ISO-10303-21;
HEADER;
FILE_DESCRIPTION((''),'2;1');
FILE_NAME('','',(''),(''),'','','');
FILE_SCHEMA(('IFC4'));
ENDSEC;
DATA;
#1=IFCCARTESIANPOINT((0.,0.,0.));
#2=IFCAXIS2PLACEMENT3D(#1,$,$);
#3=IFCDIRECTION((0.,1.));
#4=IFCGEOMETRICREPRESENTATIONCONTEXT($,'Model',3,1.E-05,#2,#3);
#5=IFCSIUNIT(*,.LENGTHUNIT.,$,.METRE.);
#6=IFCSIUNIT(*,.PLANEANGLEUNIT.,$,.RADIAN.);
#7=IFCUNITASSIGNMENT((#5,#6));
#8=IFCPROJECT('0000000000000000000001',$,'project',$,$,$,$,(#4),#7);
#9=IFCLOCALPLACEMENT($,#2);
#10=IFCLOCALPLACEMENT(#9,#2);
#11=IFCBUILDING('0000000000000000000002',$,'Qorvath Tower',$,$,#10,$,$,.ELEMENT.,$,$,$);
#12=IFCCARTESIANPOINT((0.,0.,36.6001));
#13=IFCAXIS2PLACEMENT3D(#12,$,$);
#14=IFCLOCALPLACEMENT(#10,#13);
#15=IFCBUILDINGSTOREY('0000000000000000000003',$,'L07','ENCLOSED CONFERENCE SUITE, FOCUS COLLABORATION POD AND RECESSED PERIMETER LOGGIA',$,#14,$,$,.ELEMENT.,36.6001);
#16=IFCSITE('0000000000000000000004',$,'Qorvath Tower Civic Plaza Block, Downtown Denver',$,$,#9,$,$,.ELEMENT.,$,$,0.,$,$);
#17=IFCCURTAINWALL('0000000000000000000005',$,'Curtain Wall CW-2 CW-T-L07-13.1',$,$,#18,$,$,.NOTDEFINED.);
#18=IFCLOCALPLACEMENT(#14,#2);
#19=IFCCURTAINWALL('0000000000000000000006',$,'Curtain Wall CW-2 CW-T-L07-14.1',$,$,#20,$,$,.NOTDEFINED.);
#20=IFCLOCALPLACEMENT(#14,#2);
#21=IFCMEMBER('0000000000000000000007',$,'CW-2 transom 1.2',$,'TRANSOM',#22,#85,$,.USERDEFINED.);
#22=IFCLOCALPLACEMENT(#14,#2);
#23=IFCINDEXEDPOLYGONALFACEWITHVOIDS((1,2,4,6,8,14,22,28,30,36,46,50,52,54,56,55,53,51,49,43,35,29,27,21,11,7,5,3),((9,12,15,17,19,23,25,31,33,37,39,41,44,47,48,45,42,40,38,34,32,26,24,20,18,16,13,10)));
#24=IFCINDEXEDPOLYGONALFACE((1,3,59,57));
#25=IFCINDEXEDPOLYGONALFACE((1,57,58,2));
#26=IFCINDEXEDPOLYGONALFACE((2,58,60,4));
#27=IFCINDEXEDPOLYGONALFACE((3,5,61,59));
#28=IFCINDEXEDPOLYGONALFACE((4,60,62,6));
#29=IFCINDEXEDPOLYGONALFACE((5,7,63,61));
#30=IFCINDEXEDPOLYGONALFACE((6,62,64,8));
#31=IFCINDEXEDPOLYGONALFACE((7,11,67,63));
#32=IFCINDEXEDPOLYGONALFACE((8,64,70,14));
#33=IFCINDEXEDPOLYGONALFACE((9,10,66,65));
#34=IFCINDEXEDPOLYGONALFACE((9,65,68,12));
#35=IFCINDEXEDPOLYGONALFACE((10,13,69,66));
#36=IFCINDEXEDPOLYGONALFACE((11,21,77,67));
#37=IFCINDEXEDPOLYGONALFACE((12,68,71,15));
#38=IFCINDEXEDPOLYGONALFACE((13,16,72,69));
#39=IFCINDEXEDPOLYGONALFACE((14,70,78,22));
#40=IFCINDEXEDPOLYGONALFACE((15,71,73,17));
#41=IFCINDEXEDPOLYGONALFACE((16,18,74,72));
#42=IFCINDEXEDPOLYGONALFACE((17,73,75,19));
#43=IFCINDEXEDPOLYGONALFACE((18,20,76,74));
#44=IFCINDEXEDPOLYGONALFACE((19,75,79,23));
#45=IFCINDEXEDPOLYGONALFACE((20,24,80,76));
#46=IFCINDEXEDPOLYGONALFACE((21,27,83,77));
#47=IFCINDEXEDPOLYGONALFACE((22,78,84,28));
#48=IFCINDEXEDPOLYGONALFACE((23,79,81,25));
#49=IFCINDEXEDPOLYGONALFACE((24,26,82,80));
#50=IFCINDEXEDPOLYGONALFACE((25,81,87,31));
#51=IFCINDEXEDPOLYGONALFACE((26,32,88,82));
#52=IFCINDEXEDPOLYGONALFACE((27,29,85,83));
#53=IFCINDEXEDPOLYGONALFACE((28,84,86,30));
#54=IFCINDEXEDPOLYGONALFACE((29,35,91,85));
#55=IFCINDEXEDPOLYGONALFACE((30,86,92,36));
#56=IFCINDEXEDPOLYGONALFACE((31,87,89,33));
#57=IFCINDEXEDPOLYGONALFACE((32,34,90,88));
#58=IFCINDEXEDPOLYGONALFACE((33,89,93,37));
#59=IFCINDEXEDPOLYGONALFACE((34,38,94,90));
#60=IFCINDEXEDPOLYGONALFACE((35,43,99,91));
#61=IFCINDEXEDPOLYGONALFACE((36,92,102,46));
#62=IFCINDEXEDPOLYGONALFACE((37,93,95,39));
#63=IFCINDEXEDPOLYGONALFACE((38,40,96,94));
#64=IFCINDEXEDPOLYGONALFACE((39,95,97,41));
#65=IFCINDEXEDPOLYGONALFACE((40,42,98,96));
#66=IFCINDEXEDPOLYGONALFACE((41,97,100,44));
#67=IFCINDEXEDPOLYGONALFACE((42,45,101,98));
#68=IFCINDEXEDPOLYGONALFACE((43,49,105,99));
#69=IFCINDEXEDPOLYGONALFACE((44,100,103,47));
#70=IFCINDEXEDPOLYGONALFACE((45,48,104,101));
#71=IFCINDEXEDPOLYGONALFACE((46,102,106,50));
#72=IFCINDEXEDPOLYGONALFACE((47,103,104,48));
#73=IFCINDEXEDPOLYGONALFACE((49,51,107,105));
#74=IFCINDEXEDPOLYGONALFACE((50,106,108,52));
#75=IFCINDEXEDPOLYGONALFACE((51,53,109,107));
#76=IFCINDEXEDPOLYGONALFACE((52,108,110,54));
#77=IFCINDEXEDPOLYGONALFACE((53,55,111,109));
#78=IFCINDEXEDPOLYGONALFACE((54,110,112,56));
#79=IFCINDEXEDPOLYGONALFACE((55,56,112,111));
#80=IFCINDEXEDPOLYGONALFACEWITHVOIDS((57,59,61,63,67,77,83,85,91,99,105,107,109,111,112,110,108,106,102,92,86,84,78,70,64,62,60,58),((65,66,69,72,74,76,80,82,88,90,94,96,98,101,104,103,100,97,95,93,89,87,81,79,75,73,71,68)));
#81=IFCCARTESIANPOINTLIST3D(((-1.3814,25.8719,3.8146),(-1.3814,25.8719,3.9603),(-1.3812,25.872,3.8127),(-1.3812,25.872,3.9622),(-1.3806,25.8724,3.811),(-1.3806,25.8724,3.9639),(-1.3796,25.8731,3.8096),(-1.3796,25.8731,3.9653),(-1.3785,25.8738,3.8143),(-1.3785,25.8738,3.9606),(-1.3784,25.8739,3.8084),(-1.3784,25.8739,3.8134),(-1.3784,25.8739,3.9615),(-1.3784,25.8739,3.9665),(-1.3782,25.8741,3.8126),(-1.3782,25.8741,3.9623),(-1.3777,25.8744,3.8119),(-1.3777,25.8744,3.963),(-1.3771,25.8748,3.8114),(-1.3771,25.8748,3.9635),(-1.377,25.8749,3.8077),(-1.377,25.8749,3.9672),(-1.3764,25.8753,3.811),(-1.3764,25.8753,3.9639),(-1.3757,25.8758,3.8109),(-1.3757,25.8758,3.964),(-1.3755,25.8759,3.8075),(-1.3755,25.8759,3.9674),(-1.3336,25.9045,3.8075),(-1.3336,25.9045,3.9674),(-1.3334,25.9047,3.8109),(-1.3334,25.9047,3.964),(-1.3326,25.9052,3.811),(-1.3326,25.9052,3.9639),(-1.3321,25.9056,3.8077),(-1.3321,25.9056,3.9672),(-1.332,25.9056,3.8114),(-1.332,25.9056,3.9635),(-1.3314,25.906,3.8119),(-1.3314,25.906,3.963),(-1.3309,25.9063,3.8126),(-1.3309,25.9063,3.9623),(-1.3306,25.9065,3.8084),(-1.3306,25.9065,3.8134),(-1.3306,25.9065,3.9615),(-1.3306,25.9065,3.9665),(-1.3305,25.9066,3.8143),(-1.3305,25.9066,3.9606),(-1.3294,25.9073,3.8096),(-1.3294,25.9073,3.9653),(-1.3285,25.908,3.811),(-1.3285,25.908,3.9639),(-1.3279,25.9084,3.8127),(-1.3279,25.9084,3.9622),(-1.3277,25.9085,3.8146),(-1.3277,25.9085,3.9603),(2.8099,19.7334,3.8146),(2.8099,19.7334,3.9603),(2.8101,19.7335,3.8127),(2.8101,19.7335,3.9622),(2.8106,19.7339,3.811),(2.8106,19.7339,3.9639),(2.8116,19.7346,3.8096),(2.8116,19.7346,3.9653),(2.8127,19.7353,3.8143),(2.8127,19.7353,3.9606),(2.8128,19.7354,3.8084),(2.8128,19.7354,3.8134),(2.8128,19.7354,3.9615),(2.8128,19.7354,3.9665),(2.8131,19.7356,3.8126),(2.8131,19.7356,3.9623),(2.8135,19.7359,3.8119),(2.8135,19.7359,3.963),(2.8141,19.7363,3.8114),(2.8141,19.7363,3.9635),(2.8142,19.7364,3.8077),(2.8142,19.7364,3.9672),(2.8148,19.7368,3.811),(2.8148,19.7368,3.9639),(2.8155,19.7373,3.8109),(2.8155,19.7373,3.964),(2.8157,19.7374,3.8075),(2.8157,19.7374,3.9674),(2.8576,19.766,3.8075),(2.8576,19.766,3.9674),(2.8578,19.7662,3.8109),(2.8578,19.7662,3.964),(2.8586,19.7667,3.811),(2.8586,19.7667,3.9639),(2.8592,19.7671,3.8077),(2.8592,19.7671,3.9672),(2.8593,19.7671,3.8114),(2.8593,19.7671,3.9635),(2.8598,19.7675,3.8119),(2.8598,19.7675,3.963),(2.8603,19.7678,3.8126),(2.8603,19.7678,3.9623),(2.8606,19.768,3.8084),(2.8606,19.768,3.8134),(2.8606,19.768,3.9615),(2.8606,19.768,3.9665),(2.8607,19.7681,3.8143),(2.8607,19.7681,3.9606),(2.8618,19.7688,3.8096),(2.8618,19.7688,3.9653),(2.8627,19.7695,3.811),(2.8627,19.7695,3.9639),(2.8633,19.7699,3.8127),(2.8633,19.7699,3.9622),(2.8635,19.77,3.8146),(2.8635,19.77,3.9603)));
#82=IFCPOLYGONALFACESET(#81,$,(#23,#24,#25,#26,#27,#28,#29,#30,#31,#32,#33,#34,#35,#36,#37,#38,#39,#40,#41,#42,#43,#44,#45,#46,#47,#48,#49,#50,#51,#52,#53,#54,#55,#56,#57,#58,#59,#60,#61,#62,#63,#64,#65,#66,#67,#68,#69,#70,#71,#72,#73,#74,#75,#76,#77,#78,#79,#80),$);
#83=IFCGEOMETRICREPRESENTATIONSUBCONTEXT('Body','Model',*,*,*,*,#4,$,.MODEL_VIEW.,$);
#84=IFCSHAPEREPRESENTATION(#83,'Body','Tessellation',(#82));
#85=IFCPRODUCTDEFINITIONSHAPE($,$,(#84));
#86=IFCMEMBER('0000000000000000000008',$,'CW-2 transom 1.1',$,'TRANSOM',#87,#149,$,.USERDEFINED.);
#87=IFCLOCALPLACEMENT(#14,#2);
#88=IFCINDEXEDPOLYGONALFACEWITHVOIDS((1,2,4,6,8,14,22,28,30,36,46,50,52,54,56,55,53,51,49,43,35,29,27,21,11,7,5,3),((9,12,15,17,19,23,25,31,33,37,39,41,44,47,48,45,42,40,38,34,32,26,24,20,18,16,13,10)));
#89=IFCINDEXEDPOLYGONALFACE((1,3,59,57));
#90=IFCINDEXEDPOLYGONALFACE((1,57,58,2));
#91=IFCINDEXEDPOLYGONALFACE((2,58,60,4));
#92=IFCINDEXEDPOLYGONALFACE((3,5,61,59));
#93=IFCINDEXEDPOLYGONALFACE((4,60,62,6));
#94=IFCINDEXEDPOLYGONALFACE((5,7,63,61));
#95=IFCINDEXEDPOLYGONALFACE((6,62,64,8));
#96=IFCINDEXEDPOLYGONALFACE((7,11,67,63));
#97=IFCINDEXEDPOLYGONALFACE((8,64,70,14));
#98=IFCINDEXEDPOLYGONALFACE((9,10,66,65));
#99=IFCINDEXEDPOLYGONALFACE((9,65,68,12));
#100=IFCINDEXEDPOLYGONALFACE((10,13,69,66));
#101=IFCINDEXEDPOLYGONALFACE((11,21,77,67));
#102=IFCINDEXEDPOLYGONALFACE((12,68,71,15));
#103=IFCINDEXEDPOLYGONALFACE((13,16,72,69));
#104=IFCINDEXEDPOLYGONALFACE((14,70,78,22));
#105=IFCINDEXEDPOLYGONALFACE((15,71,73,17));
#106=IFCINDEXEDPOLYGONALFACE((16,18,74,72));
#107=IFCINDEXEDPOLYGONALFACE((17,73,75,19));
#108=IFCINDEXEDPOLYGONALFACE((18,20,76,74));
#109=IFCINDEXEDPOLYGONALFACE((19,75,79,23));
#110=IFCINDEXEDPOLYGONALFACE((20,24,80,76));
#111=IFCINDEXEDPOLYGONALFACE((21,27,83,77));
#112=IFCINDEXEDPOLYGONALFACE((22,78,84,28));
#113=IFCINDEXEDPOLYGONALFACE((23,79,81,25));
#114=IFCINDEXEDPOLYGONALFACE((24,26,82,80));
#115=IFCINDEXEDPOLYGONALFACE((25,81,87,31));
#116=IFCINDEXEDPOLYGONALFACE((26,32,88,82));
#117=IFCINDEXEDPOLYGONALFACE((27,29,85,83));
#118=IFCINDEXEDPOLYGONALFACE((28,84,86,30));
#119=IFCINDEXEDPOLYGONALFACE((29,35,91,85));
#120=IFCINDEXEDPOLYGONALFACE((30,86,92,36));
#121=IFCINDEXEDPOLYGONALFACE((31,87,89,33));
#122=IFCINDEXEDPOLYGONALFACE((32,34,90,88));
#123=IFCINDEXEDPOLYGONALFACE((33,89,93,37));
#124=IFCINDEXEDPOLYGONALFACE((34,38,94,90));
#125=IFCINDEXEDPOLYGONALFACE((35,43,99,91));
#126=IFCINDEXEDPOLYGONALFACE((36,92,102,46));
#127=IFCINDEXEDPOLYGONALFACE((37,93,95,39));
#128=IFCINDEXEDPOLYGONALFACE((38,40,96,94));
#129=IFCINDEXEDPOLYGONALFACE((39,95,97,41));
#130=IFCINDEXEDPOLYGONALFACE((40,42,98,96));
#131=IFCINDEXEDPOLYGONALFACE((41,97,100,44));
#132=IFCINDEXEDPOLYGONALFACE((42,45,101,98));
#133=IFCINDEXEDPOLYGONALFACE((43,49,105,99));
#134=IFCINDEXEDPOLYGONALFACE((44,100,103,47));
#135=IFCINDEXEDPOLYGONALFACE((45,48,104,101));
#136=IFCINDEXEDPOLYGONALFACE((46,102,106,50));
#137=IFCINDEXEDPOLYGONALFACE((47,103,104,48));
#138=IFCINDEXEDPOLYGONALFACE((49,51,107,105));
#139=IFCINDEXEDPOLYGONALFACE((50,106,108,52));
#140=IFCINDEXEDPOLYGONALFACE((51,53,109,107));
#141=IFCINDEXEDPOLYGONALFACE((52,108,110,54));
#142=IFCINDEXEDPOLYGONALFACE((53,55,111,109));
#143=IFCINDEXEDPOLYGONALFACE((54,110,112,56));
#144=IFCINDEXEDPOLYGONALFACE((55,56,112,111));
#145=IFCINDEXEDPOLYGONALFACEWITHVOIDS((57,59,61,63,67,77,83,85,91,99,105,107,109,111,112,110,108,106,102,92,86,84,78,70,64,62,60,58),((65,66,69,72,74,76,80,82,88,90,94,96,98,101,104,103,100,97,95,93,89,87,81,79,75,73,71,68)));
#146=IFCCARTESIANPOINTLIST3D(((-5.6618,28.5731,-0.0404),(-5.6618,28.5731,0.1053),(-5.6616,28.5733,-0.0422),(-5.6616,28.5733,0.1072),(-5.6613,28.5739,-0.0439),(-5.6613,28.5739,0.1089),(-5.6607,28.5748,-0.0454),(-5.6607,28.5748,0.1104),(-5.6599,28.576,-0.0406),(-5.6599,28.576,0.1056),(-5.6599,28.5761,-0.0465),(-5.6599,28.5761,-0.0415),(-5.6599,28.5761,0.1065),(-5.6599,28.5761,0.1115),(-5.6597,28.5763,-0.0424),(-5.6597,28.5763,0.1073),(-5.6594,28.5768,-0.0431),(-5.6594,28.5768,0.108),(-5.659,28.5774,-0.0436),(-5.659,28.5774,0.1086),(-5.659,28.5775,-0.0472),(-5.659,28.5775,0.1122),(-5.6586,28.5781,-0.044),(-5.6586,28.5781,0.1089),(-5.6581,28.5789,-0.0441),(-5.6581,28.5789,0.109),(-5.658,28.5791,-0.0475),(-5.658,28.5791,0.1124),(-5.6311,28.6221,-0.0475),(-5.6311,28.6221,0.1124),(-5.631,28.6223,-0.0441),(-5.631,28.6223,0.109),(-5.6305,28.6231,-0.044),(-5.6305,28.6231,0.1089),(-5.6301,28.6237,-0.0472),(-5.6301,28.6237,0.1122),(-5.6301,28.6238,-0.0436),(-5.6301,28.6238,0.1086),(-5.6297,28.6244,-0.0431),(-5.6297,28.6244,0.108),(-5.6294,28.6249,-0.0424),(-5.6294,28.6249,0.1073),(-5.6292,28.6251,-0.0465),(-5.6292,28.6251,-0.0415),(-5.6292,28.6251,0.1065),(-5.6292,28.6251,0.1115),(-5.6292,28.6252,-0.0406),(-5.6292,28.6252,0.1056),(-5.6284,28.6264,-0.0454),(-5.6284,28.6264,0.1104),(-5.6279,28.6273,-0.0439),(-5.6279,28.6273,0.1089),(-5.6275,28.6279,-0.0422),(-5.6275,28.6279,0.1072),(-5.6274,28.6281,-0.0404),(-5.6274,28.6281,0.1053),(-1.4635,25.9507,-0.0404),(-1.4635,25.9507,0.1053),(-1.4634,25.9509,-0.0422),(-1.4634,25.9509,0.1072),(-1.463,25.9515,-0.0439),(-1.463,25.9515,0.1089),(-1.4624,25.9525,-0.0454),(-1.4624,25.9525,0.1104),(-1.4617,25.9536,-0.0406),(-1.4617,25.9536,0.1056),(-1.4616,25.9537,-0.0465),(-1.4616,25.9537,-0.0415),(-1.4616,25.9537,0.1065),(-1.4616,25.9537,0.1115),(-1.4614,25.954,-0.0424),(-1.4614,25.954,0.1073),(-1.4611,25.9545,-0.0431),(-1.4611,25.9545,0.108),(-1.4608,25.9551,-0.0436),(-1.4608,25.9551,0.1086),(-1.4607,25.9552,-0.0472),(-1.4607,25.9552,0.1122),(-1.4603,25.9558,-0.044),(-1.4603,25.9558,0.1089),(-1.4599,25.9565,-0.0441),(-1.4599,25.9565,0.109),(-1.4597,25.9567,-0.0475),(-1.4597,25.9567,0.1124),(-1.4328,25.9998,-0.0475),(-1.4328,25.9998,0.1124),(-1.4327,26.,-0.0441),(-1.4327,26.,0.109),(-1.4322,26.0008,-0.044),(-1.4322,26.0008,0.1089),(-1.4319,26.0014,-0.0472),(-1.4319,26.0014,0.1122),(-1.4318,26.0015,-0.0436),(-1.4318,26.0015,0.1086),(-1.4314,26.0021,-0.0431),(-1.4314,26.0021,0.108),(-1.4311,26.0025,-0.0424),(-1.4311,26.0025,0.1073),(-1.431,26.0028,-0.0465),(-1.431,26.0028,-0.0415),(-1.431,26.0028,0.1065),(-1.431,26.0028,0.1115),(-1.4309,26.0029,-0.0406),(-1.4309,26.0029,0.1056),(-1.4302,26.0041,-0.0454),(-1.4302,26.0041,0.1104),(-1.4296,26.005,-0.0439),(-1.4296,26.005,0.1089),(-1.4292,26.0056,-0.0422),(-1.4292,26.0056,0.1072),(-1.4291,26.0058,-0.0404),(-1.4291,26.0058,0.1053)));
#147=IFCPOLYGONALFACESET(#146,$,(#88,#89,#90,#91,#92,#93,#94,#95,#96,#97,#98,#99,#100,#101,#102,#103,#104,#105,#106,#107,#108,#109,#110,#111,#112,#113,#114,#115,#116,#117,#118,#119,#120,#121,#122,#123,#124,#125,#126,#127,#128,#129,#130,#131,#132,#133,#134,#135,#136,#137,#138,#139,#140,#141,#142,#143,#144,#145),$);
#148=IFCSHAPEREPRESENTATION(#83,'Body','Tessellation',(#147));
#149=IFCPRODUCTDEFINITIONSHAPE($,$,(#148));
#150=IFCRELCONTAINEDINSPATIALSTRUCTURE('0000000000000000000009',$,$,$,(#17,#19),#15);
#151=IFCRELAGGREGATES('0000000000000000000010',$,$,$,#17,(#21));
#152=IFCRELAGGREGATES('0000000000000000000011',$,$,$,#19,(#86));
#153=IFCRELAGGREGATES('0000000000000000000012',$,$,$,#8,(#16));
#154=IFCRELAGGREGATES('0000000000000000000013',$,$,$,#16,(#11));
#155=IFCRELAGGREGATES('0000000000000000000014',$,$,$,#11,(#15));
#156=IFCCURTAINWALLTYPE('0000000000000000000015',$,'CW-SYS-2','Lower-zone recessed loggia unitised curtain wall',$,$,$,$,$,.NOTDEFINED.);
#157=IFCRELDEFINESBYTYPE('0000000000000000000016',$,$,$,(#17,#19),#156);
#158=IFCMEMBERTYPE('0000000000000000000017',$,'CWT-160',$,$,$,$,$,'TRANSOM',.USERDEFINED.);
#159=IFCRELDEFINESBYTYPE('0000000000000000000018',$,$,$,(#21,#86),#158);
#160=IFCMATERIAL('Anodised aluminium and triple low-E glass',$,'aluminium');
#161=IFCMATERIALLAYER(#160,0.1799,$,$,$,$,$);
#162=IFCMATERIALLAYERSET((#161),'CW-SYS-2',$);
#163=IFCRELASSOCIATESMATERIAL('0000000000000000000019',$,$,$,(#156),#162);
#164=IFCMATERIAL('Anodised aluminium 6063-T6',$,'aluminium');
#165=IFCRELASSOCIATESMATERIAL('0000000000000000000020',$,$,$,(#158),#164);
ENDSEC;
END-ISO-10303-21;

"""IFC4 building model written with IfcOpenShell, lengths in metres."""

from ifc_helpers import new_model, si_unit, direction, frame, origin, origin_2d, place, context, subcontext, project, spatial, hollow_rectangle, extrude, material, layer, layer_set, material_profile, profile_set, type_object, element, aggregate, save


model = new_model("IFC4")

# Units and contexts
model_context = context("Model", 3, precision=1e-05, world=origin(), true_north=direction((0.0, 1.0)))
body_context = subcontext(model_context, "Body", "Model", "MODEL_VIEW")
ifc_project = project(units=[si_unit("LENGTHUNIT", "METRE"), si_unit("PLANEANGLEUNIT", "RADIAN")], contexts=[model_context])

# Site, building, storey
site_placement = place(None, origin())
site = spatial("IfcSite", under=ifc_project, at=site_placement, Name="Qorvath Tower Civic Plaza Block, Downtown Denver", CompositionType="ELEMENT", RefElevation=0.0)
building_placement = place(site_placement, origin())
building = spatial("IfcBuilding", under=site, at=building_placement, Name="Qorvath Tower", CompositionType="ELEMENT")
storey_placement = place(building_placement, frame((0.0, 0.0, 36.6001)))
storey = spatial("IfcBuildingStorey", under=building, at=storey_placement, Name="L07", Description="ENCLOSED CONFERENCE SUITE, FOCUS COLLABORATION POD AND RECESSED PERIMETER LOGGIA", CompositionType="ELEMENT", Elevation=36.6001)

# Shared definitions
ifc_material_1 = material(Name="Anodised aluminium and triple low-E glass", Category="aluminium")
ifc_layer_1 = layer(ifc_material_1, 0.1799)
ifc_layer_set_1 = layer_set([ifc_layer_1], Name="CW-SYS-2")
curtain_wall_type = type_object("IfcCurtainWallType", Name="CW-SYS-2", Description="Lower-zone recessed loggia unitised curtain wall", PredefinedType="NOTDEFINED", material=ifc_layer_set_1)

# Curtain walls
curtain_wall_1_placement = place(storey_placement, origin())
curtain_wall_1 = element("IfcCurtainWall", 1, at=curtain_wall_1_placement, inside=storey, type_object=curtain_wall_type, Name="Curtain Wall CW-2 CW-T-L07-13.1", PredefinedType="NOTDEFINED")
curtain_wall_2_placement = place(storey_placement, origin())
curtain_wall_2 = element("IfcCurtainWall", 2, at=curtain_wall_2_placement, inside=storey, type_object=curtain_wall_type, Name="Curtain Wall CW-2 CW-T-L07-14.1", PredefinedType="NOTDEFINED")

# Members
ifc_material_2 = material(Name="Anodised aluminium 6063-T6", Category="aluminium")
ifc_material_profile_1 = material_profile(ifc_material_2, hollow_rectangle(XDim=0.0649, YDim=0.1599, WallThickness=0.0034, InnerFilletRadius=0.0034, OuterFilletRadius=0.0071, at=origin_2d()), Name="CWT 160x65")
ifc_profile_set_1 = profile_set([ifc_material_profile_1], Name="Anodised aluminium 6063-T6")
member_type_1 = type_object("IfcMemberType", Name="CWT-160", ElementType="TRANSOM", PredefinedType="USERDEFINED", material=ifc_profile_set_1)
member_1_placement = place(storey_placement, frame((2.8367, 19.7517, 3.8875), z_axis=(-0.563876, 0.82586, 0.0), x_axis=(-0.82586, -0.563876, 0.0)))
member_1 = element("IfcMember", 3, at=member_1_placement, type_object=member_type_1, Name="CW-2 transom 1.2", ObjectType="TRANSOM", PredefinedType="USERDEFINED", context=body_context, shape_type="SweptSolid", body=[
    extrude(hollow_rectangle(XDim=0.0649, YDim=0.1599, WallThickness=0.0034, InnerFilletRadius=0.0034, OuterFilletRadius=0.0071, at=origin_2d()), origin(), (0.0, 0.0, 1.0), 7.4329),
])
member_2_placement = place(storey_placement, frame((-1.4463, 25.9783, 0.0325), z_axis=(-0.848142, 0.529768, 0.0), x_axis=(-0.529768, -0.848142, 0.0)))
member_2 = element("IfcMember", 4, at=member_2_placement, type_object=member_type_1, Name="CW-2 transom 1.1", ObjectType="TRANSOM", PredefinedType="USERDEFINED", context=body_context, shape_type="SweptSolid", body=[
    extrude(hollow_rectangle(XDim=0.0649, YDim=0.1599, WallThickness=0.0034, InnerFilletRadius=0.0034, OuterFilletRadius=0.0071, at=origin_2d()), origin(), (0.0, 0.0, 1.0), 4.95),
])

aggregate(curtain_wall_1, [member_1])
aggregate(curtain_wall_2, [member_2])

save(model, "model.ifc")
